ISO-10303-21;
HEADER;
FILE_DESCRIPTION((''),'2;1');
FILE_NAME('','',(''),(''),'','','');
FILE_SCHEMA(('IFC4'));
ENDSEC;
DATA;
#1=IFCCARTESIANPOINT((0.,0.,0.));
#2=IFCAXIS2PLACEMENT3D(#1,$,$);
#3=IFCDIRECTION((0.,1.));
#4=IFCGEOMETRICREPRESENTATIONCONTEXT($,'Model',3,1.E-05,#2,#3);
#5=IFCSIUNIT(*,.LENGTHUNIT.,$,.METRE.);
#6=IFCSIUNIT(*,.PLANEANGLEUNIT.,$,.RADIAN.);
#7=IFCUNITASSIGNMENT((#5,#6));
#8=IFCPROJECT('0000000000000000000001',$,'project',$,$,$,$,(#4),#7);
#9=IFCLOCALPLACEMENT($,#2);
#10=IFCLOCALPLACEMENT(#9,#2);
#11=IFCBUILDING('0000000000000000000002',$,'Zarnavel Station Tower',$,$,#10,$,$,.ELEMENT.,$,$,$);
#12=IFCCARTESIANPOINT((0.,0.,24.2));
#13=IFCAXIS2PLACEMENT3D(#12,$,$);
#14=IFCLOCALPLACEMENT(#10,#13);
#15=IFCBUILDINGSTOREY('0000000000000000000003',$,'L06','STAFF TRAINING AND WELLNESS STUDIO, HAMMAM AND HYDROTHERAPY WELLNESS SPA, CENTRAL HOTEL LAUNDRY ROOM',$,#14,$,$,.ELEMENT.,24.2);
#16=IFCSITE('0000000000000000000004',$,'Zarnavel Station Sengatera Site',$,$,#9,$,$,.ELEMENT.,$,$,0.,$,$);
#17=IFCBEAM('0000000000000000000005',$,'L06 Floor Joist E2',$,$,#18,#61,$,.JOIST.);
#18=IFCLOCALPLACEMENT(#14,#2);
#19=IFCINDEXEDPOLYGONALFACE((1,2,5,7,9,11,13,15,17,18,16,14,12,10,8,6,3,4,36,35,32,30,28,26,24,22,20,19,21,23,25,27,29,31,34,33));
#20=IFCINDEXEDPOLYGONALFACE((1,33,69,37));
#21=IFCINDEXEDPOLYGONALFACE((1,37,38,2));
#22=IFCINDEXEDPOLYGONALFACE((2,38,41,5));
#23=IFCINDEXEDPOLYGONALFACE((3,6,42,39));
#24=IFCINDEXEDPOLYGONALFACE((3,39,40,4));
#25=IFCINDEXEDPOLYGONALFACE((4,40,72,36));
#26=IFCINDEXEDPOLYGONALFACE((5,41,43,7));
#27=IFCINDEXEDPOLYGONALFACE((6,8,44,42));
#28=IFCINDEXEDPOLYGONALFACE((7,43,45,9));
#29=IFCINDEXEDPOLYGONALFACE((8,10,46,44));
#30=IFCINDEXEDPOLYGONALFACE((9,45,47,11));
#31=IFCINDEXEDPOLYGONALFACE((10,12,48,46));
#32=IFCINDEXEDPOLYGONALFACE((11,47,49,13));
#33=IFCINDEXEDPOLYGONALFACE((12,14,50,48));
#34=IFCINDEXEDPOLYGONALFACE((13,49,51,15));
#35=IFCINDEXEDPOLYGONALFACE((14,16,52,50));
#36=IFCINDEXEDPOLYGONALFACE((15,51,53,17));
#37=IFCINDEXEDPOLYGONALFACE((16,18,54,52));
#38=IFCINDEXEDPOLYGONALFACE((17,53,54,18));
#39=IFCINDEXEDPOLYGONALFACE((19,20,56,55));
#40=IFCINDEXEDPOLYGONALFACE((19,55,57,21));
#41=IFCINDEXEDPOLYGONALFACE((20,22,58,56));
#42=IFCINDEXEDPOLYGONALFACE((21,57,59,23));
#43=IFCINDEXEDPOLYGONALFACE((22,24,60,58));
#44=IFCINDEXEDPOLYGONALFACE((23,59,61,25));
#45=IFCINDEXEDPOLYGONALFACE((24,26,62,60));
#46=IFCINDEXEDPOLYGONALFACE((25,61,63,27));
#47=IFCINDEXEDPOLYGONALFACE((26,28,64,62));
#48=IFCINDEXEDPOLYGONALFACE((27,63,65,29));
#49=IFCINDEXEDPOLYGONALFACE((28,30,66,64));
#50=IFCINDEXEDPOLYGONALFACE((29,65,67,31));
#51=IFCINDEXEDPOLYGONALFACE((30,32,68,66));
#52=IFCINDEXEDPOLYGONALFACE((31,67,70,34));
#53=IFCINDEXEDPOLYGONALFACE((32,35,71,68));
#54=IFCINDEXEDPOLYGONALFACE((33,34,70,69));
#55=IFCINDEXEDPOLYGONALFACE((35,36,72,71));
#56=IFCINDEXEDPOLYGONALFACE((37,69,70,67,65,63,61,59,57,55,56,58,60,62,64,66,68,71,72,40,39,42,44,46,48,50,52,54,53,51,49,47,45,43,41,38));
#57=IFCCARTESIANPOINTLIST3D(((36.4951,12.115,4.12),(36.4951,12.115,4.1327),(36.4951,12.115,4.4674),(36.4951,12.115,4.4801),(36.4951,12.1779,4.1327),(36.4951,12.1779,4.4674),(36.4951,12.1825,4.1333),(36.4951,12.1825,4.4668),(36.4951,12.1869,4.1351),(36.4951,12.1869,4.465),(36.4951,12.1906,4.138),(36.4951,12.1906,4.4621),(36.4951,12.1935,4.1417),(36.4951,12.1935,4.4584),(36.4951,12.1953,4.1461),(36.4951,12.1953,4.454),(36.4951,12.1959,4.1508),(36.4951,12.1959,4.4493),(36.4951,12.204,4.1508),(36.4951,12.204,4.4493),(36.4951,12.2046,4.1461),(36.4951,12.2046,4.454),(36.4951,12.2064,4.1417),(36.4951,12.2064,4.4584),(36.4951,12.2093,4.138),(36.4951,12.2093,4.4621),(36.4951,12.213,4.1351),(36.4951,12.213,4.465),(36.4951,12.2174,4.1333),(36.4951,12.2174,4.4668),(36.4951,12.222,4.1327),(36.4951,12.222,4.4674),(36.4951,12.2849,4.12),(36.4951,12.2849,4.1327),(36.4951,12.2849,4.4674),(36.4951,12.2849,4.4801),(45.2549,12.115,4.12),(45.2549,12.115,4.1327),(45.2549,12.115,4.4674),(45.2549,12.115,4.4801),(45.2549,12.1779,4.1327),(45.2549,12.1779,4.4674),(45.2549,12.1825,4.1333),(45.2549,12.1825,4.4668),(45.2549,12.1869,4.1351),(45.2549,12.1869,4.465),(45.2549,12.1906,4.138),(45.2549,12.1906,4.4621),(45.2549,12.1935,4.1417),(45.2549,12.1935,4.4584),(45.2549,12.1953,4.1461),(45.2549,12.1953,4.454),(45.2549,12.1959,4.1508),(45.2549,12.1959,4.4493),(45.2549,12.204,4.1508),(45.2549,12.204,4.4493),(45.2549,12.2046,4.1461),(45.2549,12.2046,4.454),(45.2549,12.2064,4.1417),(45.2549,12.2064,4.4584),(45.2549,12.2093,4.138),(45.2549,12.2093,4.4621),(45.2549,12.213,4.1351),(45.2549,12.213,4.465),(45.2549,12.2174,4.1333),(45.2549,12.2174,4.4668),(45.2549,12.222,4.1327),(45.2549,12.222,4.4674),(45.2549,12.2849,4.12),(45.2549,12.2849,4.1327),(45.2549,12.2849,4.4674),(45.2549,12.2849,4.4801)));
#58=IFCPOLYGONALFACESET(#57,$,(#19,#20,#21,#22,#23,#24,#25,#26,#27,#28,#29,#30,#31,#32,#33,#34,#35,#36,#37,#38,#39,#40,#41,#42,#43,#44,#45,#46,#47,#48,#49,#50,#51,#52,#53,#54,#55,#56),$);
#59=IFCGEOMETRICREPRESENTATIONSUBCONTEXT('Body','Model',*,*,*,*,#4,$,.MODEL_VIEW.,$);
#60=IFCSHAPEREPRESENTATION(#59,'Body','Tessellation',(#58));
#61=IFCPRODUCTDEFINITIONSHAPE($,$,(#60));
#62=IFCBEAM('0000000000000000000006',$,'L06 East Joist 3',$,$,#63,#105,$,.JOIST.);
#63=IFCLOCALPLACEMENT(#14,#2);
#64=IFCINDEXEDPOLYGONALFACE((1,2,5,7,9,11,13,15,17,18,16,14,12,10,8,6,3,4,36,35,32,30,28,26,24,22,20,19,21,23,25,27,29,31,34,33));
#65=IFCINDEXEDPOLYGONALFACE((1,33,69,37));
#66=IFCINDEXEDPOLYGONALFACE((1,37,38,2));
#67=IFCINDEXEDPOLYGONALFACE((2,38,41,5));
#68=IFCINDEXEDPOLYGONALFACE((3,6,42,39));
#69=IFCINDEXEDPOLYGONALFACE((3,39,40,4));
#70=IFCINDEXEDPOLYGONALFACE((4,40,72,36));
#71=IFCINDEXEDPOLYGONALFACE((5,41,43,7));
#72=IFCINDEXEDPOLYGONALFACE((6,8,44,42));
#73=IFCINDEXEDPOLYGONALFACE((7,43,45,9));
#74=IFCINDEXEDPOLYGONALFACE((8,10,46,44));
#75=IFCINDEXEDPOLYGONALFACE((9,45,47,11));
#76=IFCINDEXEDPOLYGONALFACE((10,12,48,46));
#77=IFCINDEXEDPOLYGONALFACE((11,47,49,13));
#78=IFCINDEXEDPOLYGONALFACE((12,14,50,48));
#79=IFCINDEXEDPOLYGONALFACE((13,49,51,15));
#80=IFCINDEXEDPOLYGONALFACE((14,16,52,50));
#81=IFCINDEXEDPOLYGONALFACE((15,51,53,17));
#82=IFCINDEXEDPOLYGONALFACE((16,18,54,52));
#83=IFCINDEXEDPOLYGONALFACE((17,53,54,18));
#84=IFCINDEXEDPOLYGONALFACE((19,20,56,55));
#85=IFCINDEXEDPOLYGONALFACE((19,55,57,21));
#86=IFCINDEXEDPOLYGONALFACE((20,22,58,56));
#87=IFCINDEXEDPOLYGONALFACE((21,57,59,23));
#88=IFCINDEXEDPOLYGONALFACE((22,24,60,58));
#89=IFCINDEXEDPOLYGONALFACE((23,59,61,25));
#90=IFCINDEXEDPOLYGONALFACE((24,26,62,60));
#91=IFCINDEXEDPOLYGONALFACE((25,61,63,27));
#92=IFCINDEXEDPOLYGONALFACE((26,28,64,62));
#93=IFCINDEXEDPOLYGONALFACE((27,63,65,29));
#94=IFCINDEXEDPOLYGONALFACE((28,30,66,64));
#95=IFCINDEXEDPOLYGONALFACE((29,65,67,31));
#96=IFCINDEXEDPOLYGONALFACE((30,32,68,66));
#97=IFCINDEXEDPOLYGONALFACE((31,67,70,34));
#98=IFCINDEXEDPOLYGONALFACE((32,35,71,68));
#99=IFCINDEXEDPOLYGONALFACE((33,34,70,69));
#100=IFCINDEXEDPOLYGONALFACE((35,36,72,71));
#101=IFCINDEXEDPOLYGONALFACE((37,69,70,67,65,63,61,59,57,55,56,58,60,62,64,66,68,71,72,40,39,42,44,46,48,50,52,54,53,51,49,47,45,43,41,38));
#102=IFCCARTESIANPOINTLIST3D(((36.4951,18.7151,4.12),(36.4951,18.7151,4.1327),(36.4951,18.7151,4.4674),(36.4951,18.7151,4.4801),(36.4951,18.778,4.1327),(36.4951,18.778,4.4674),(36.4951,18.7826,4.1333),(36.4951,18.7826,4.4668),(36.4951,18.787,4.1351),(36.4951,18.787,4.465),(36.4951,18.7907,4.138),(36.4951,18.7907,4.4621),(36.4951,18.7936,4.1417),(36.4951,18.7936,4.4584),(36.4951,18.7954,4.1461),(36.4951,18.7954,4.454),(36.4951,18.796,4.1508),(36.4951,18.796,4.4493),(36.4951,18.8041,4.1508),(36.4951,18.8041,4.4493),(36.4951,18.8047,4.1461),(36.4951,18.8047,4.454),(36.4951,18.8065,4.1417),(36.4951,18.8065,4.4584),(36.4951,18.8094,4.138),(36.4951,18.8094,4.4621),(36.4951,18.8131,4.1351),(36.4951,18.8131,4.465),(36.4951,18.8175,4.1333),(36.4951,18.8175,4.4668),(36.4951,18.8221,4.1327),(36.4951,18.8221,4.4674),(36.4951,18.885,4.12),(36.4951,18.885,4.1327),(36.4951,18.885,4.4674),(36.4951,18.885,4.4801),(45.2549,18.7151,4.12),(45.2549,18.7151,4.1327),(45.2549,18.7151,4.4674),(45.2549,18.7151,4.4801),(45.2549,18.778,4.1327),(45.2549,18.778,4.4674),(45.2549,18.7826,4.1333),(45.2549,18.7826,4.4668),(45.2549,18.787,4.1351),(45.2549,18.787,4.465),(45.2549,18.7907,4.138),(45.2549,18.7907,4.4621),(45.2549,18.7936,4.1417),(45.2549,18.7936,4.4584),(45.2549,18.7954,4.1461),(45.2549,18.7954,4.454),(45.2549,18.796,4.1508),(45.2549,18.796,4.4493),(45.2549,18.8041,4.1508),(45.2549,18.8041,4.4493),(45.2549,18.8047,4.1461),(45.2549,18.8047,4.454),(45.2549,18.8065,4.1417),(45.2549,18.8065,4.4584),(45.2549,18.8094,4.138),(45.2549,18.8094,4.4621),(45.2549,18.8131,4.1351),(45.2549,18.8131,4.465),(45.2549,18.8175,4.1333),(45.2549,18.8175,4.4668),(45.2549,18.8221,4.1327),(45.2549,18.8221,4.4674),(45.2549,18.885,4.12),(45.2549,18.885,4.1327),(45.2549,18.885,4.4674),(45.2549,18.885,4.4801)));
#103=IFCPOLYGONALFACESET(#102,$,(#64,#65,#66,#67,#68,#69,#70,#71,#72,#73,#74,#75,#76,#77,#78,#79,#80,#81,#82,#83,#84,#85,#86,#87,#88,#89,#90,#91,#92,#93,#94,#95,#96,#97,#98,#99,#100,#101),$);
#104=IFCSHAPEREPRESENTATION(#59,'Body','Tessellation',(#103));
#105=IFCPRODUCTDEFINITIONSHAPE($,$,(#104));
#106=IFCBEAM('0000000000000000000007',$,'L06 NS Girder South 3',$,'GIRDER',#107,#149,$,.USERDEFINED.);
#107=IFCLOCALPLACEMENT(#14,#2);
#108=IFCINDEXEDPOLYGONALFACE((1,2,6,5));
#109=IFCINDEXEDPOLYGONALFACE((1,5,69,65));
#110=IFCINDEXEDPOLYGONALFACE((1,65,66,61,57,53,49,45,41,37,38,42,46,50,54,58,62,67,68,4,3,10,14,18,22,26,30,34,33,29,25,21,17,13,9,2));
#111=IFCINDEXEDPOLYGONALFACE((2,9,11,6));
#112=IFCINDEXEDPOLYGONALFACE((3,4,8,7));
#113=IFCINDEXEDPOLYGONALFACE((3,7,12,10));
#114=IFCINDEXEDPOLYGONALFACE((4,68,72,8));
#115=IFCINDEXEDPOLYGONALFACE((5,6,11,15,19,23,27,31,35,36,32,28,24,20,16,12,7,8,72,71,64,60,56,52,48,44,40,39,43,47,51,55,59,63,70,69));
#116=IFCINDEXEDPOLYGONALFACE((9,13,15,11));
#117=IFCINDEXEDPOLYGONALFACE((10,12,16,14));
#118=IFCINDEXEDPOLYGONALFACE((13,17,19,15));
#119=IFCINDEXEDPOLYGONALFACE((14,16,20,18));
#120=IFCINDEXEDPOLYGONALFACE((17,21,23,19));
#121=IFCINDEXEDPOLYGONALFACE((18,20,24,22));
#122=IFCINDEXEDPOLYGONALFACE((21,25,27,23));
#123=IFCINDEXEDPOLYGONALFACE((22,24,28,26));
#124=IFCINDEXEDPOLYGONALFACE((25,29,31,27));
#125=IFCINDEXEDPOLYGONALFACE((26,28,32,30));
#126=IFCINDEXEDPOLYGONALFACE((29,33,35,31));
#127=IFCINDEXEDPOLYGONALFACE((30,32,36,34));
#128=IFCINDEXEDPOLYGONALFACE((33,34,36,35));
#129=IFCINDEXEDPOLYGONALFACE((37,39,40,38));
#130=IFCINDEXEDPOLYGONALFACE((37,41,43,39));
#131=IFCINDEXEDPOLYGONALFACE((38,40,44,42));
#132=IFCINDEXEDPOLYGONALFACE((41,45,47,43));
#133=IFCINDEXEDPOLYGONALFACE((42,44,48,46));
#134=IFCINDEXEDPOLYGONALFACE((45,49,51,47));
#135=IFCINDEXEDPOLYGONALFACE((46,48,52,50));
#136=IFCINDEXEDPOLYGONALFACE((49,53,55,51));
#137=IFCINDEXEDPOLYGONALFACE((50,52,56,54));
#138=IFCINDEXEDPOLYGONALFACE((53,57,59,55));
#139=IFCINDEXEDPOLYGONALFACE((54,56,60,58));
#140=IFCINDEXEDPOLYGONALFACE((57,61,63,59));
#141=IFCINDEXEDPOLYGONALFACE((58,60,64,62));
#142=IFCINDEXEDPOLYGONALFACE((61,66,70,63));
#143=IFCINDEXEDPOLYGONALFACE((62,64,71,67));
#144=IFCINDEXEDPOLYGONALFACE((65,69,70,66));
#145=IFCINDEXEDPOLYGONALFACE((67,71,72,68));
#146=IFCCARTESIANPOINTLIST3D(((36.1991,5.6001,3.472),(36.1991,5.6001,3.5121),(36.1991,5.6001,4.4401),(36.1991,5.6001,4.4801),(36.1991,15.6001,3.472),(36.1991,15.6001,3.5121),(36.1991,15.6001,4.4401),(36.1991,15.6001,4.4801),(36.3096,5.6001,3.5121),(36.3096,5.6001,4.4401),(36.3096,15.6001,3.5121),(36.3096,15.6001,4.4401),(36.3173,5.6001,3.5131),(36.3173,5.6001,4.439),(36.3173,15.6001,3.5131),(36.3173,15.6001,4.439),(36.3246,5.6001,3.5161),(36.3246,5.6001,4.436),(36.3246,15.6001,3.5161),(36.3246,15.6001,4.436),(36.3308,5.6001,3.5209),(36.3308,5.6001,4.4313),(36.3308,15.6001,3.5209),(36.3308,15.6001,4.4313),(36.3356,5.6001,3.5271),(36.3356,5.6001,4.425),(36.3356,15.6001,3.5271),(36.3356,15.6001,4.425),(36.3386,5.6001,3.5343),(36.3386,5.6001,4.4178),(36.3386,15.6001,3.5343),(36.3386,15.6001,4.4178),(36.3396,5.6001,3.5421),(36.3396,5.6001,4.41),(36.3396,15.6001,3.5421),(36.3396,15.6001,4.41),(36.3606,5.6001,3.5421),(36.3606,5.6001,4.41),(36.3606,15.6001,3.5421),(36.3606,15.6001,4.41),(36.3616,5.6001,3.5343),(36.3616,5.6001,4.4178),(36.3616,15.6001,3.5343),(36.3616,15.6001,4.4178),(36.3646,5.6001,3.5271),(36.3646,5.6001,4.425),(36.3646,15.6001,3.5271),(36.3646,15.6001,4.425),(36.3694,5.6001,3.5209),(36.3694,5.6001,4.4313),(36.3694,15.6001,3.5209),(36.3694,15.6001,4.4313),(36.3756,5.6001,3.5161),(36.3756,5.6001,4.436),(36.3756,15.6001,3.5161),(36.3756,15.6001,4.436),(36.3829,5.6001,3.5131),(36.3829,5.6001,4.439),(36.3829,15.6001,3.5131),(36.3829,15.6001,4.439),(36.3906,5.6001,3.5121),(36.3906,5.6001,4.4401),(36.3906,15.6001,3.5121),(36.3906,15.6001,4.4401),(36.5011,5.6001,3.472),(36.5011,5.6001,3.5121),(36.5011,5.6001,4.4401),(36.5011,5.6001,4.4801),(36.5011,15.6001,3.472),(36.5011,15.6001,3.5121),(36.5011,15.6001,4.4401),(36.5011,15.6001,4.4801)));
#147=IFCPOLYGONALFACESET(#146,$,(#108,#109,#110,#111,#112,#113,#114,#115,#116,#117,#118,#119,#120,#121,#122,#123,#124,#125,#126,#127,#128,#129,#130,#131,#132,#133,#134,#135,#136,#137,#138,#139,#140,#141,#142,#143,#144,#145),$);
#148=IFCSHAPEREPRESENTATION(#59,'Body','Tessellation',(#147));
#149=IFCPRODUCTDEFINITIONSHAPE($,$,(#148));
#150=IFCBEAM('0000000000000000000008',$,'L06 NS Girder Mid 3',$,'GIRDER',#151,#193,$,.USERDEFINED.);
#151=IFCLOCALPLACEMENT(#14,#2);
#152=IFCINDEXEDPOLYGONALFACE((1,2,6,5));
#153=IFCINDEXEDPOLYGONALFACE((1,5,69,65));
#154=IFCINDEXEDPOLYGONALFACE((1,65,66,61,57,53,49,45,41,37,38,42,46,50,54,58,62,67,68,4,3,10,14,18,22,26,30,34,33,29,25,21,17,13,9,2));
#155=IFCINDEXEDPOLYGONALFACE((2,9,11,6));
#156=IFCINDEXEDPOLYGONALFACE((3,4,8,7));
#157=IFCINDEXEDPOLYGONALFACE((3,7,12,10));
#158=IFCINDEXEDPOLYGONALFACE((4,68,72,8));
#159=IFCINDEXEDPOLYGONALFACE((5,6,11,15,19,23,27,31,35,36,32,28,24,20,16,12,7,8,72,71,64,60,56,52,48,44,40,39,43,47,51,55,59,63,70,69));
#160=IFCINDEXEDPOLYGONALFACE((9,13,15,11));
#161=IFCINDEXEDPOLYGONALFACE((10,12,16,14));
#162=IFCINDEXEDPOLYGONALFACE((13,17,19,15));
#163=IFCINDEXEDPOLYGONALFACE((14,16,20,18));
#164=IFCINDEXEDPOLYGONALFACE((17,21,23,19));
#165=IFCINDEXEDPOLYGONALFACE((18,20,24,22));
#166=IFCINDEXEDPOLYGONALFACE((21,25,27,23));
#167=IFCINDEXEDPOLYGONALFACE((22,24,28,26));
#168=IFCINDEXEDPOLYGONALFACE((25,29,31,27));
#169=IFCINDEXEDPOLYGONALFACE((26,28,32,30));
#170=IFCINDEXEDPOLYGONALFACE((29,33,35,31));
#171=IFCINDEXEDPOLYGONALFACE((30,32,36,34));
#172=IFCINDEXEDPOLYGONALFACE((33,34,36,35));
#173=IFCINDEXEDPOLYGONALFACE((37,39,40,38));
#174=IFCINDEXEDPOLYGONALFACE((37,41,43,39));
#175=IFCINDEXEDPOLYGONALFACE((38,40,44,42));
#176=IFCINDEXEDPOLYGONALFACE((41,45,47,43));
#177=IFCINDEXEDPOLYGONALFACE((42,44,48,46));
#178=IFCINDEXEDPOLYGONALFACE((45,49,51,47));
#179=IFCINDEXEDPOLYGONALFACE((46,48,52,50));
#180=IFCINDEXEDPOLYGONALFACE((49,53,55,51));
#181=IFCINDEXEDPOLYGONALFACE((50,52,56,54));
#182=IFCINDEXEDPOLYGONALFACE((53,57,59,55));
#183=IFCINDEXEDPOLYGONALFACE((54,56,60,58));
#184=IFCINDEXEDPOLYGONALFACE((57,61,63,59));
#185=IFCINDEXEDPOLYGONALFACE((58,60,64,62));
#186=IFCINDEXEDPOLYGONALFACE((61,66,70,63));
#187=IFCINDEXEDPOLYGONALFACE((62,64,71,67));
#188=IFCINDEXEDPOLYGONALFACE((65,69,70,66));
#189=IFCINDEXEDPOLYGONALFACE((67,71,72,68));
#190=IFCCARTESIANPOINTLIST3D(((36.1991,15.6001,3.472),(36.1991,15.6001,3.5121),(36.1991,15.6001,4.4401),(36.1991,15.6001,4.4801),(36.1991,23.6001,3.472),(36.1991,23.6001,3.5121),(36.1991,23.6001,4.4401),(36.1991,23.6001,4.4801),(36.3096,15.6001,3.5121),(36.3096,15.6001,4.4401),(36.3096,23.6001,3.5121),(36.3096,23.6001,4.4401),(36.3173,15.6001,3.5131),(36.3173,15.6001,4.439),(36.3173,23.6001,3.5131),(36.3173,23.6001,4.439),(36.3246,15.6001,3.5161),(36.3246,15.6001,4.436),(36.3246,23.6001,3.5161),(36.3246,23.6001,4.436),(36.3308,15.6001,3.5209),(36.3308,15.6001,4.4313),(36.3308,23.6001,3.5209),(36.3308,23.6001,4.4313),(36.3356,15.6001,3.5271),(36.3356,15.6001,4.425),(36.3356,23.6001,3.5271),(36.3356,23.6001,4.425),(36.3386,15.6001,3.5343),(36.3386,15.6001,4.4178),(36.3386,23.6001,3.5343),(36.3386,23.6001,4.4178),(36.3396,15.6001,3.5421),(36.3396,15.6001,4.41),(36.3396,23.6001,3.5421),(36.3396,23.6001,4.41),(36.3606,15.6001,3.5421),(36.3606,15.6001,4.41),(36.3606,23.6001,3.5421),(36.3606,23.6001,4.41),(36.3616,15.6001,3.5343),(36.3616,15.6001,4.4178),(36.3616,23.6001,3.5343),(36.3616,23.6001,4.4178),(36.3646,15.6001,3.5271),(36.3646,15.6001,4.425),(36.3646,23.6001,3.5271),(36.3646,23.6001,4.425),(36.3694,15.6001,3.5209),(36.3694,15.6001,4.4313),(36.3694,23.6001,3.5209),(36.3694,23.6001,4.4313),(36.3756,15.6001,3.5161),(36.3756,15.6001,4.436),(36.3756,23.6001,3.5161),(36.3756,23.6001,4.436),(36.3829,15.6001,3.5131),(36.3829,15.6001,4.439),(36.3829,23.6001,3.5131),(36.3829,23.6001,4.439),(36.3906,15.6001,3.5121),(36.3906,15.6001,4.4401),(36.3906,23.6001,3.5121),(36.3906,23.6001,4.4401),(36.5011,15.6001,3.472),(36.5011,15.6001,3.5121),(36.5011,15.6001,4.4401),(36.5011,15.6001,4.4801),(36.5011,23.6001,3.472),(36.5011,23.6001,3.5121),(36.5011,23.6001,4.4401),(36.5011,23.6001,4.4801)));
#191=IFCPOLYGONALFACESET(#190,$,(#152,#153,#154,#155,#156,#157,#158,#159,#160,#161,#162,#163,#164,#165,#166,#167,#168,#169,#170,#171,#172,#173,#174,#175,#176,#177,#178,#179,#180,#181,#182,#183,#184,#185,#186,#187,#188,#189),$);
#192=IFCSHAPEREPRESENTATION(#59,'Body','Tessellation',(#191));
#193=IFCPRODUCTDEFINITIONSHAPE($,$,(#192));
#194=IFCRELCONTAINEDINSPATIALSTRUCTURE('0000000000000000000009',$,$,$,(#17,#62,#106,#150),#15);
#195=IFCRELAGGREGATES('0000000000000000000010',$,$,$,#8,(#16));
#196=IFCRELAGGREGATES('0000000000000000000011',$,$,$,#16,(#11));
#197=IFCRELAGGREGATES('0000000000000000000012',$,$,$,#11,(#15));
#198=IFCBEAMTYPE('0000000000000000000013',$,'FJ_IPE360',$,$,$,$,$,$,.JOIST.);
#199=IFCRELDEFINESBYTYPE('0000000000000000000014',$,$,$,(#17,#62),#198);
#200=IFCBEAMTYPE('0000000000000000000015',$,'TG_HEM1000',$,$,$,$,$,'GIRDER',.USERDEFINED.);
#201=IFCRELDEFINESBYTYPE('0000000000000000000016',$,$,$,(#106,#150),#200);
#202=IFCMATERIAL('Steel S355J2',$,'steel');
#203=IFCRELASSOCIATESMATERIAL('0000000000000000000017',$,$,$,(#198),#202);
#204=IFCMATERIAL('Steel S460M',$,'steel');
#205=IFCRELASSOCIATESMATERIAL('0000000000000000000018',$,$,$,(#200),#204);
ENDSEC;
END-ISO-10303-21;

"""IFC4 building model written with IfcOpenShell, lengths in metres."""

from ifc_helpers import new_model, si_unit, direction, frame, origin, origin_2d, place, context, subcontext, project, spatial, i_section, extrude, material, material_profile, profile_set, type_object, element, save


model = new_model("IFC4")

# Units and contexts
model_context = context("Model", 3, precision=1e-05, world=origin(), true_north=direction((0.0, 1.0)))
body_context = subcontext(model_context, "Body", "Model", "MODEL_VIEW")
ifc_project = project(units=[si_unit("LENGTHUNIT", "METRE"), si_unit("PLANEANGLEUNIT", "RADIAN")], contexts=[model_context])

# Site, building, storey
site_placement = place(None, origin())
site = spatial("IfcSite", under=ifc_project, at=site_placement, Name="Zarnavel Station Sengatera Site", CompositionType="ELEMENT", RefElevation=0.0)
building_placement = place(site_placement, origin())
building = spatial("IfcBuilding", under=site, at=building_placement, Name="Zarnavel Station Tower", CompositionType="ELEMENT")
storey_placement = place(building_placement, frame((0.0, 0.0, 24.2)))
storey = spatial("IfcBuildingStorey", under=building, at=storey_placement, Name="L06", Description="STAFF TRAINING AND WELLNESS STUDIO, HAMMAM AND HYDROTHERAPY WELLNESS SPA, CENTRAL HOTEL LAUNDRY ROOM", CompositionType="ELEMENT", Elevation=24.2)

# Beams
ifc_material_1 = material(Name="Steel S355J2", Category="steel")
ifc_material_profile_1 = material_profile(ifc_material_1, i_section(OverallWidth=0.1699, OverallDepth=0.3601, WebThickness=0.0081, FlangeThickness=0.0127, FilletRadius=0.0181, at=origin_2d()), Name="IPE360")
ifc_profile_set_1 = profile_set([ifc_material_profile_1], Name="Steel S355J2")
beam_type_1 = type_object("IfcBeamType", Name="FJ_IPE360", PredefinedType="JOIST", material=ifc_profile_set_1)
for number, where, z_axis, x_axis, name in (
    (1, (36.4951, 12.2, 4.3), (1.0, 0.0, 0.0), (0.0, 1.0, 0.0), "L06 Floor Joist E2"),
    (2, (36.4951, 18.8, 4.3), (1.0, 0.0, 0.0), (0.0, 1.0, 0.0), "L06 East Joist 3"),
):
    element("IfcBeam", number, at=place(storey_placement, frame(where, z_axis=z_axis, x_axis=x_axis)), inside=storey, type_object=beam_type_1, Name=name, PredefinedType="JOIST", context=body_context, shape_type="SweptSolid", body=[
        extrude(i_section(OverallWidth=0.1699, OverallDepth=0.3601, WebThickness=0.0081, FlangeThickness=0.0127, FilletRadius=0.0181, at=origin_2d()), origin(), (0.0, 0.0, 1.0), 8.7598),
    ])
ifc_material_2 = material(Name="Steel S460M", Category="steel")
ifc_material_profile_2 = material_profile(ifc_material_2, i_section(OverallWidth=0.302, OverallDepth=1.0081, WebThickness=0.021, FlangeThickness=0.04, FilletRadius=0.03, at=origin_2d()), Name="HEM1000")
ifc_profile_set_2 = profile_set([ifc_material_profile_2], Name="Steel S460M")
beam_type_2 = type_object("IfcBeamType", Name="TG_HEM1000", ElementType="GIRDER", PredefinedType="USERDEFINED", material=ifc_profile_set_2)
beam_1_placement = place(storey_placement, frame((36.3501, 5.6001, 3.9761), z_axis=(0.0, 1.0, 0.0), x_axis=(-1.0, 0.0, 0.0)))
element("IfcBeam", 3, at=beam_1_placement, inside=storey, type_object=beam_type_2, Name="L06 NS Girder South 3", ObjectType="GIRDER", PredefinedType="USERDEFINED", context=body_context, shape_type="SweptSolid", body=[
    extrude(i_section(OverallWidth=0.302, OverallDepth=1.0081, WebThickness=0.021, FlangeThickness=0.04, FilletRadius=0.03, at=origin_2d()), origin(), (0.0, 0.0, 1.0), 10.0),
])
beam_2_placement = place(storey_placement, frame((36.3501, 15.6001, 3.9761), z_axis=(0.0, 1.0, 0.0), x_axis=(-1.0, 0.0, 0.0)))
element("IfcBeam", 4, at=beam_2_placement, inside=storey, type_object=beam_type_2, Name="L06 NS Girder Mid 3", ObjectType="GIRDER", PredefinedType="USERDEFINED", context=body_context, shape_type="SweptSolid", body=[
    extrude(i_section(OverallWidth=0.302, OverallDepth=1.0081, WebThickness=0.021, FlangeThickness=0.04, FilletRadius=0.03, at=origin_2d()), origin(), (0.0, 0.0, 1.0), 8.0),
])

save(model, "model.ifc")
